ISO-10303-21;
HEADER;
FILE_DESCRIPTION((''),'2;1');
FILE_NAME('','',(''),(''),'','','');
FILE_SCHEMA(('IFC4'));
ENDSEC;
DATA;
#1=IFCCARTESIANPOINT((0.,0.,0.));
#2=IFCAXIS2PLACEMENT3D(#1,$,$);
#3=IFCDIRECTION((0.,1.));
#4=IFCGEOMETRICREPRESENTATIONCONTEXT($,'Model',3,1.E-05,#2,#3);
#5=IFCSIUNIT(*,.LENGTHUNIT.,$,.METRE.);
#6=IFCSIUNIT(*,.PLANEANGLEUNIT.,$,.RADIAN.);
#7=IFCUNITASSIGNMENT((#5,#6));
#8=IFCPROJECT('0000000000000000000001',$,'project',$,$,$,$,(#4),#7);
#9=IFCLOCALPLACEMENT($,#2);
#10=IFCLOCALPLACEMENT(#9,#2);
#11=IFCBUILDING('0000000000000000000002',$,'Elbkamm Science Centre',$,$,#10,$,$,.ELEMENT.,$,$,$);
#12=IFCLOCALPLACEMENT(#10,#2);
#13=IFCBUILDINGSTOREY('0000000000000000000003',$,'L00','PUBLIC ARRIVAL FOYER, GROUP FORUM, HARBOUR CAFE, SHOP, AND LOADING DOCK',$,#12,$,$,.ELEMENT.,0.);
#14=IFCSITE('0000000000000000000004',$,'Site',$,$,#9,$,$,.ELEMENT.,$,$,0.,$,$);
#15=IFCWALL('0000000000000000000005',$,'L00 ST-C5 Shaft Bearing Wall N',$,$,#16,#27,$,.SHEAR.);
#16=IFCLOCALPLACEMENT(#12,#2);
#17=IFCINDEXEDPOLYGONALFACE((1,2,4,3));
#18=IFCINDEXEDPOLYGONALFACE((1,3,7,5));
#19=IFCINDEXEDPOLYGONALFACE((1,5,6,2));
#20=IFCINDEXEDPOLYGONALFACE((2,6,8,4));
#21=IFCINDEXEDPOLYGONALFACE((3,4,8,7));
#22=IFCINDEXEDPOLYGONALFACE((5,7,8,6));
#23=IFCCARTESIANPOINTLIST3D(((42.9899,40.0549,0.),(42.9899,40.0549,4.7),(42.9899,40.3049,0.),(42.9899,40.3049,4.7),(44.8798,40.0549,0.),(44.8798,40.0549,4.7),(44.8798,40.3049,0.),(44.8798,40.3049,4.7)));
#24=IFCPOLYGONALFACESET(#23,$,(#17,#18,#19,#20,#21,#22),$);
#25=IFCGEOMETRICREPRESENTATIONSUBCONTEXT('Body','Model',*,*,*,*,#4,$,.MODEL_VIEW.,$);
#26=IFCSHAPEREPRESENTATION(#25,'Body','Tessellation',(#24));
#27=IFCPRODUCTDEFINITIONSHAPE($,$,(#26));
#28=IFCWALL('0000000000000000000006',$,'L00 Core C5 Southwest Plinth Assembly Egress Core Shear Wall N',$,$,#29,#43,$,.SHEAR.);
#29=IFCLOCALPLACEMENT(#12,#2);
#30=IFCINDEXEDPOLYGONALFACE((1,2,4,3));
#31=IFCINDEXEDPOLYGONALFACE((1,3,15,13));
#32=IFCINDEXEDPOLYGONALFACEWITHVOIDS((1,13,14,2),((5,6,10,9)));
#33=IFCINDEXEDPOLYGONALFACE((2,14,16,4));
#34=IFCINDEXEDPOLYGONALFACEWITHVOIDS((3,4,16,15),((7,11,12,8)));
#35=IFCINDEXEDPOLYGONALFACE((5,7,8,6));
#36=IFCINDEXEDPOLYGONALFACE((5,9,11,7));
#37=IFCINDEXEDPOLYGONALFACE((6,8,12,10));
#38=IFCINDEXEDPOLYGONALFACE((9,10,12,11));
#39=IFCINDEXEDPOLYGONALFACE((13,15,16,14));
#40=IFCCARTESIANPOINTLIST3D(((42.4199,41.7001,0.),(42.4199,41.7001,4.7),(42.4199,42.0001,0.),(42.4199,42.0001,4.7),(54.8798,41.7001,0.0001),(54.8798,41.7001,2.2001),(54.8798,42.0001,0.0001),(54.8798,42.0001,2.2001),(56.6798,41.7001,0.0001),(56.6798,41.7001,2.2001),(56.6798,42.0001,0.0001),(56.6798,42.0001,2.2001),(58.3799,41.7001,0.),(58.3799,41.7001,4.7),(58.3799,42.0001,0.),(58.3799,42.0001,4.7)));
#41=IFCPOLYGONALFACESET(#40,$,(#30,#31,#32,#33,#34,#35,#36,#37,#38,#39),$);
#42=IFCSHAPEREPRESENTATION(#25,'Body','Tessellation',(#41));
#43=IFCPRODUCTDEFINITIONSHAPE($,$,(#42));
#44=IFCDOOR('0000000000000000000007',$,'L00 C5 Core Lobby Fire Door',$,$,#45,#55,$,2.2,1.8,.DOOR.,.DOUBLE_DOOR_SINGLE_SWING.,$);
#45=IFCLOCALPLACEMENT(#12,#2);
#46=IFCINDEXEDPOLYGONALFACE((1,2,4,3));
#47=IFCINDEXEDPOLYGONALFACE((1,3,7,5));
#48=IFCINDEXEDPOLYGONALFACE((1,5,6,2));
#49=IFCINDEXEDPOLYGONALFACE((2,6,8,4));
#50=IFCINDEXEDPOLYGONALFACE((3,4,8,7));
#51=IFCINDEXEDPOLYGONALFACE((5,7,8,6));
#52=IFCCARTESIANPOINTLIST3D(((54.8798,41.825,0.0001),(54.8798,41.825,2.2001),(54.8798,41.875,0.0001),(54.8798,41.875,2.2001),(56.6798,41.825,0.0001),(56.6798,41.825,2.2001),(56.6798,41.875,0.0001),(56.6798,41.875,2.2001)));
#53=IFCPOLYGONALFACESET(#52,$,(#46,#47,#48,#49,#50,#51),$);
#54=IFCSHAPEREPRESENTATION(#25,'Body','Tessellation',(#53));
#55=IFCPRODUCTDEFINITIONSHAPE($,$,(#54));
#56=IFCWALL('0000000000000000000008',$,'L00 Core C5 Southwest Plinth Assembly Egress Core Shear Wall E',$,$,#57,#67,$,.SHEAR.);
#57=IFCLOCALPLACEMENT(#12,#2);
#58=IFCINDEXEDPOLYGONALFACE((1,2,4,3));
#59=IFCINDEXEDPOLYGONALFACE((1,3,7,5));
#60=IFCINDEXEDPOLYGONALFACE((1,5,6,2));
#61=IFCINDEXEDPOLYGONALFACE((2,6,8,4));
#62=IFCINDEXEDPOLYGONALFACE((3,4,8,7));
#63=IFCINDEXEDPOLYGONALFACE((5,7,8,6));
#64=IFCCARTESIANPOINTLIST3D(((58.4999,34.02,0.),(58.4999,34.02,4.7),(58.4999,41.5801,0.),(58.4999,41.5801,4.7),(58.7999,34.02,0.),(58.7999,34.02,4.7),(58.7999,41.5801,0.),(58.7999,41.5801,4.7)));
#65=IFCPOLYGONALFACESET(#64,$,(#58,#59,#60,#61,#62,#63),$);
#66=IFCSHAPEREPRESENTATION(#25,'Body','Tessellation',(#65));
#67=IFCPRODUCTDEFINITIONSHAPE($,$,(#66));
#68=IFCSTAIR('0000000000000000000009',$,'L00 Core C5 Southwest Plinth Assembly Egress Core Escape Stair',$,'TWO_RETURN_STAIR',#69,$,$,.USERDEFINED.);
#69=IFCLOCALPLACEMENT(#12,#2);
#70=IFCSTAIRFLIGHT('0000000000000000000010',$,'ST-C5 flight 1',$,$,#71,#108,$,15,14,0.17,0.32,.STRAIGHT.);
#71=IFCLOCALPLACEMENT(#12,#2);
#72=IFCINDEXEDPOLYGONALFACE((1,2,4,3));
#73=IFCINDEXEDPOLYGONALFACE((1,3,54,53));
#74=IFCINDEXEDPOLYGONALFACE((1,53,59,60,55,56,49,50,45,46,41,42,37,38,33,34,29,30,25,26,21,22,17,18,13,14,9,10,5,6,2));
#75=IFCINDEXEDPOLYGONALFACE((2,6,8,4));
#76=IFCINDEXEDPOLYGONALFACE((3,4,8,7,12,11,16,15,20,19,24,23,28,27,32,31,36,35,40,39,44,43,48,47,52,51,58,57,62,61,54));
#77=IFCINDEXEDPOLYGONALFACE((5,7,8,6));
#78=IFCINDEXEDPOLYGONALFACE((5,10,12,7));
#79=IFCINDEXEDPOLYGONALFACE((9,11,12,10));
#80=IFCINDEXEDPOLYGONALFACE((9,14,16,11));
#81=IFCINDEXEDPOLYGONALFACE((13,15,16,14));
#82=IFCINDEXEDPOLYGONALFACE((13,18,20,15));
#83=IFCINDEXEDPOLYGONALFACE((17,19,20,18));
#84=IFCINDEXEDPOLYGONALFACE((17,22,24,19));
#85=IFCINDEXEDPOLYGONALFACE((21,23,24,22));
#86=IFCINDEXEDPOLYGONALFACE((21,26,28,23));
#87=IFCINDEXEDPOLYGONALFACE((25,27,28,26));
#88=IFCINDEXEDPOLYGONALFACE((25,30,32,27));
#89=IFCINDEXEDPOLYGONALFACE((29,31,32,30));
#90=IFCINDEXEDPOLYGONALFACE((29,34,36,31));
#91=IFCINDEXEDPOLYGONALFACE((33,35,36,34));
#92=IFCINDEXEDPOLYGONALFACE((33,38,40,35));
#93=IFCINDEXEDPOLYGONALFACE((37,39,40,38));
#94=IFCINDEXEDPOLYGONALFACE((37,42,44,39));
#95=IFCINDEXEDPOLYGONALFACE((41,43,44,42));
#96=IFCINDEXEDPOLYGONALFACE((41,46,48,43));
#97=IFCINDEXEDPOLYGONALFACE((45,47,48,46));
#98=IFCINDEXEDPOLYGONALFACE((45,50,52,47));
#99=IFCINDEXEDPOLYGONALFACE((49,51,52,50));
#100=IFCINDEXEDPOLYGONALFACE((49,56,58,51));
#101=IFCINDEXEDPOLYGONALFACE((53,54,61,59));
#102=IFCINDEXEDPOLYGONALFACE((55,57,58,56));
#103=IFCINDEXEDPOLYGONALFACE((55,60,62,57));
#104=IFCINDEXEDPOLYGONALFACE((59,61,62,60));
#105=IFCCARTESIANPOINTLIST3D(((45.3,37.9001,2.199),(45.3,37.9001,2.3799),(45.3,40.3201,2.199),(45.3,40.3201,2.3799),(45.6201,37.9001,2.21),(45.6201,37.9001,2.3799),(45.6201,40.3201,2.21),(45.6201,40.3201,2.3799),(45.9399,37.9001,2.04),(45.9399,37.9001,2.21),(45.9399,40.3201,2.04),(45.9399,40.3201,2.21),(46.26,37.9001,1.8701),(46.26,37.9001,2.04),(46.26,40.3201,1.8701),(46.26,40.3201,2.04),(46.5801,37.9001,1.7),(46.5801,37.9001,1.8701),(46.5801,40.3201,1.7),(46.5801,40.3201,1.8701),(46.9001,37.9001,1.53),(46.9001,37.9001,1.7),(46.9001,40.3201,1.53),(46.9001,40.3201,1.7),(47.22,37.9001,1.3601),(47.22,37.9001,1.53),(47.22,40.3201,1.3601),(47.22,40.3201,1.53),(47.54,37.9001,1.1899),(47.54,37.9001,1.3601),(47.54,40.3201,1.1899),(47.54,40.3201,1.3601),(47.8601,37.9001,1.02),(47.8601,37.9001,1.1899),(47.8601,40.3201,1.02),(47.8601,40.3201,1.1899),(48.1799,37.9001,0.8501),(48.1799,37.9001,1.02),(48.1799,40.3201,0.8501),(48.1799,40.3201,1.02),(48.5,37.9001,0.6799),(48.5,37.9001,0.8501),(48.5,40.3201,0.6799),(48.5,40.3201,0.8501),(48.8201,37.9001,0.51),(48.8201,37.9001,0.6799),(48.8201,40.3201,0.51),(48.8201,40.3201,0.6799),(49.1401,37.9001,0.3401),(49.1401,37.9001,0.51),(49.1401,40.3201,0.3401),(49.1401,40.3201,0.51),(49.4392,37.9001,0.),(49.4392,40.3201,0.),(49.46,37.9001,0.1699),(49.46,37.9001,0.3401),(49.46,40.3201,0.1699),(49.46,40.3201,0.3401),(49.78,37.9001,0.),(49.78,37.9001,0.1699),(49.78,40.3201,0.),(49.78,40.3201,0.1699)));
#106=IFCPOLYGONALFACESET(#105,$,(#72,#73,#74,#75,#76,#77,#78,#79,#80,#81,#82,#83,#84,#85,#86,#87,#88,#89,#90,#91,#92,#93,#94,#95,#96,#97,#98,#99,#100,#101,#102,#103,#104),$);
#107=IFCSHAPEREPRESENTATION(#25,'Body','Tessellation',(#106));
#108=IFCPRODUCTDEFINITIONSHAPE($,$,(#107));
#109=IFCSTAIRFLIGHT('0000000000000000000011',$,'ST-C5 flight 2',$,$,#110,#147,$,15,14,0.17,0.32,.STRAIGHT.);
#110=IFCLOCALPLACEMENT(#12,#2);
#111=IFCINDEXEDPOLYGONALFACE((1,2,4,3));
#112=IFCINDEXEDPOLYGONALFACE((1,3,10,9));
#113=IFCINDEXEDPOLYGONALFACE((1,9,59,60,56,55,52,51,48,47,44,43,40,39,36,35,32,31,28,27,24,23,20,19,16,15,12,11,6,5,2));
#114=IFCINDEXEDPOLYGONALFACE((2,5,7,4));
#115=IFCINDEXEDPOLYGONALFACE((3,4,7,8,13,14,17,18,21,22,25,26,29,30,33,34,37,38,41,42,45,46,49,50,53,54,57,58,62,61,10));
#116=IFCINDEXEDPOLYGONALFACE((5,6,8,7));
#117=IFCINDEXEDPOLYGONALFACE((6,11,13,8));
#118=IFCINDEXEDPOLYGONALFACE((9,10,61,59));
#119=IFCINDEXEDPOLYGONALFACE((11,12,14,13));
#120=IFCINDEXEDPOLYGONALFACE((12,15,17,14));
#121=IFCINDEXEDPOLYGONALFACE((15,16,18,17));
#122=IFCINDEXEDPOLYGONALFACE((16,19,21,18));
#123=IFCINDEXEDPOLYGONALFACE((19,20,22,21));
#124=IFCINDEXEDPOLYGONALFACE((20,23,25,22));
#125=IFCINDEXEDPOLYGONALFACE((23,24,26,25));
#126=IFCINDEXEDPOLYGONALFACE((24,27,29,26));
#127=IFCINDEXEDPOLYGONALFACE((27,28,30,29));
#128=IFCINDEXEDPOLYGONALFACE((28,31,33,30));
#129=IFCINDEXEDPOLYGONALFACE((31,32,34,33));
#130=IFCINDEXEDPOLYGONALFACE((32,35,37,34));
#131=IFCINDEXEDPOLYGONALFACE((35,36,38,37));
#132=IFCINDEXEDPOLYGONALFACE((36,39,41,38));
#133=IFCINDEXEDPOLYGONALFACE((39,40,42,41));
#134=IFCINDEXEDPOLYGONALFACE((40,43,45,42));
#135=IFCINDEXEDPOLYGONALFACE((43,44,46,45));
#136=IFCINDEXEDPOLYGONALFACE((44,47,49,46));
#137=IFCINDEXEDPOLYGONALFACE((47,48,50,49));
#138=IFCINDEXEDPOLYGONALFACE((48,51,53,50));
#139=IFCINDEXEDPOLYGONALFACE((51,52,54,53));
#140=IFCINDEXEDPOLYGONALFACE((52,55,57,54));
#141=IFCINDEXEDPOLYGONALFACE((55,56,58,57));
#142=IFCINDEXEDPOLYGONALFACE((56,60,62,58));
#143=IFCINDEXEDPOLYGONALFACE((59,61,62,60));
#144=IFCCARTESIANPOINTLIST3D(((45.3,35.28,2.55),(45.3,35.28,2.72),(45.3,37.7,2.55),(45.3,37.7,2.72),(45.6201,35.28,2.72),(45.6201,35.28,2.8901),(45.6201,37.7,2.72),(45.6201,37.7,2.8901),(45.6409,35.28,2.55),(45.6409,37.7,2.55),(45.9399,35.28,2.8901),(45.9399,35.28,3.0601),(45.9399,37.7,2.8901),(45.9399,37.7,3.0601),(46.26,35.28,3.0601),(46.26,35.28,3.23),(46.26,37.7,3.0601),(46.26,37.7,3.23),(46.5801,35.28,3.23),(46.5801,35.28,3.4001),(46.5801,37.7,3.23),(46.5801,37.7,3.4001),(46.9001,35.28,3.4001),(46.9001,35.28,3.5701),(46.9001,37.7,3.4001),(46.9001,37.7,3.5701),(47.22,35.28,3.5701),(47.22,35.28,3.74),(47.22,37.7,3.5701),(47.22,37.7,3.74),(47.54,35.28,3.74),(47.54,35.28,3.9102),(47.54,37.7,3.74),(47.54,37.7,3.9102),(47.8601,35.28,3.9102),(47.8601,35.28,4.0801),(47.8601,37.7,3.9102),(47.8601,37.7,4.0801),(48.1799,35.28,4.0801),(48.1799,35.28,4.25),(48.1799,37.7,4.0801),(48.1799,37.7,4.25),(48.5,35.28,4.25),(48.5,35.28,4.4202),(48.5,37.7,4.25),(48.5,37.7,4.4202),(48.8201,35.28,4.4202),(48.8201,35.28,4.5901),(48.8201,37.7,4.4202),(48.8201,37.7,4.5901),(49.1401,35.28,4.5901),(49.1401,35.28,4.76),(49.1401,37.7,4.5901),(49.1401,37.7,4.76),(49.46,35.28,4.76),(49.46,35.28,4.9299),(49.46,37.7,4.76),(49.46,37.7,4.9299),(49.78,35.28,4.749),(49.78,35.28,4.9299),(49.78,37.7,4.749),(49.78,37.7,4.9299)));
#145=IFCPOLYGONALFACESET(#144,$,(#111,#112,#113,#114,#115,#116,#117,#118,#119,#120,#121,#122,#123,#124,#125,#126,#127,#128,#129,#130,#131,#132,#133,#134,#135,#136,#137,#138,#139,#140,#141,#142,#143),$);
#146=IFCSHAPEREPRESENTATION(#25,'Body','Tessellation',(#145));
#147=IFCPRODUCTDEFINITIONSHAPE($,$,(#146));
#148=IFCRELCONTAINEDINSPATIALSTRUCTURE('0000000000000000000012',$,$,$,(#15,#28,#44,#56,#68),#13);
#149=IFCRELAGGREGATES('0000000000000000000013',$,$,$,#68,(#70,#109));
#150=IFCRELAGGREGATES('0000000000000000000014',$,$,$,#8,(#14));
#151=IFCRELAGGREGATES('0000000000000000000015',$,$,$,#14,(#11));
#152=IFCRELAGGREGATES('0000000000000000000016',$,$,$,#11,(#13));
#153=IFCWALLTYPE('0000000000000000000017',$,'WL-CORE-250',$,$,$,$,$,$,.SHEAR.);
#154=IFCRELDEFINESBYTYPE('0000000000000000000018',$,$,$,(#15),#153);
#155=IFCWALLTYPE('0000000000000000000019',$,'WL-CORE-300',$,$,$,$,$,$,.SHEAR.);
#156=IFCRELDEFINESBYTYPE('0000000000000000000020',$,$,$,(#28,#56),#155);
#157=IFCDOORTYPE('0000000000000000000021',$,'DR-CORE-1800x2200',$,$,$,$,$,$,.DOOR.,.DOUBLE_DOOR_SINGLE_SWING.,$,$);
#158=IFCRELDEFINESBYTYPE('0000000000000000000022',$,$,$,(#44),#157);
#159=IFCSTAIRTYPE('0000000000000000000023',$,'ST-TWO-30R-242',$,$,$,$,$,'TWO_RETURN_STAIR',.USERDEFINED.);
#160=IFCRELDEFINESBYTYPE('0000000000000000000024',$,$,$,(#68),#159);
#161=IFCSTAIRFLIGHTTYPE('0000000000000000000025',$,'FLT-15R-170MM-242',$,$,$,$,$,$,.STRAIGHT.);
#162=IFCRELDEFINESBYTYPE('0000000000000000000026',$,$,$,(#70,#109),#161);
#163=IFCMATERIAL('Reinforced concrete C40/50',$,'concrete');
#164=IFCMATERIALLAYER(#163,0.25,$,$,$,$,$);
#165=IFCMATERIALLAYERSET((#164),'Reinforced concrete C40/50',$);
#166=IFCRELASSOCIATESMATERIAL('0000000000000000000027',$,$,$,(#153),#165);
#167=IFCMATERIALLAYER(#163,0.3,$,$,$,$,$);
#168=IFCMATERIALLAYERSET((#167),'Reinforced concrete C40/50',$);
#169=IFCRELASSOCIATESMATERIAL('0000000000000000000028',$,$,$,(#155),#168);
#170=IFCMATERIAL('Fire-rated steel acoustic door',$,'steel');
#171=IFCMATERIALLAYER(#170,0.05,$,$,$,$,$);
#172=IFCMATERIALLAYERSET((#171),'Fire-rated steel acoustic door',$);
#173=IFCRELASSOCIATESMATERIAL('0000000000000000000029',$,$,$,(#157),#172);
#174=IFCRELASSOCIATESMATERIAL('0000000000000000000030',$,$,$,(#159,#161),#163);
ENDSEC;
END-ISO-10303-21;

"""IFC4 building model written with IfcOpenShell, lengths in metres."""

from ifc_helpers import new_model, si_unit, direction, frame, frame_2d, origin, place, context, subcontext, project, spatial, polyline, rectangle, outline, extrude, material, layer, layer_set, type_object, element, fill, aggregate, save


model = new_model("IFC4")

# Units and contexts
model_context = context("Model", 3, precision=1e-05, world=origin(), true_north=direction((0.0, 1.0)))
body_context = subcontext(model_context, "Body", "Model", "MODEL_VIEW")
ifc_project = project(units=[si_unit("LENGTHUNIT", "METRE"), si_unit("PLANEANGLEUNIT", "RADIAN")], contexts=[model_context])

# Site, building, storey
site_placement = place(None, origin())
site = spatial("IfcSite", under=ifc_project, at=site_placement, Name="Site", CompositionType="ELEMENT", RefElevation=0.0)
building_placement = place(site_placement, origin())
building = spatial("IfcBuilding", under=site, at=building_placement, Name="Elbkamm Science Centre", CompositionType="ELEMENT")
storey_placement = place(building_placement, origin())
storey = spatial("IfcBuildingStorey", under=building, at=storey_placement, Name="L00", Description="PUBLIC ARRIVAL FOYER, GROUP FORUM, HARBOUR CAFE, SHOP, AND LOADING DOCK", CompositionType="ELEMENT", Elevation=0.0)

# Wall
ifc_material_1 = material(Name="Reinforced concrete C40/50", Category="concrete")
ifc_layer_1 = layer(ifc_material_1, 0.25)
ifc_layer_set_1 = layer_set([ifc_layer_1], Name="Reinforced concrete C40/50")
wall_type_1 = type_object("IfcWallType", Name="WL-CORE-250", PredefinedType="SHEAR", material=ifc_layer_set_1)
for number, where, z_axis, x_axis, name in (
    (1, (42.99, 40.1799, 0.0), (0.0, 0.0, 1.0), (1.0, 0.0, 0.0), "L00 ST-C5 Shaft Bearing Wall N"),
):
    element("IfcWall", number, at=place(storey_placement, frame(where, z_axis=z_axis, x_axis=x_axis)), inside=storey, type_object=wall_type_1, Name=name, PredefinedType="SHEAR", context=body_context, shape_type="SweptSolid", body=[
        extrude(rectangle(XDim=1.8899, YDim=0.25, at=frame_2d((0.9448, 0.0))), origin(), (0.0, 0.0, 1.0), 4.7),
    ])

# Wall, opening, door
ifc_layer_2 = layer(ifc_material_1, 0.3)
ifc_layer_set_2 = layer_set([ifc_layer_2], Name="Reinforced concrete C40/50")
wall_type_2 = type_object("IfcWallType", Name="WL-CORE-300", PredefinedType="SHEAR", material=ifc_layer_set_2)
wall_1_placement = place(storey_placement, frame((42.4199, 41.8501, 0.0), z_axis=(0.0, 0.0, 1.0), x_axis=(1.0, 0.0, 0.0)))
wall_1 = element("IfcWall", 2, at=wall_1_placement, inside=storey, type_object=wall_type_2, Name="L00 Core C5 Southwest Plinth Assembly Egress Core Shear Wall N", PredefinedType="SHEAR", context=body_context, shape_type="SweptSolid", body=[
    extrude(rectangle(XDim=15.96, YDim=0.3, at=frame_2d((7.98, 0.0))), origin(), (0.0, 0.0, 1.0), 4.7),
])
opening_placement = place(wall_1_placement, frame((12.46, 0.0, 0.0)))
opening = element("IfcOpeningElement", 3, at=opening_placement, cuts=wall_1, PredefinedType="OPENING", context=body_context, shape_type="SweptSolid", body=[
    extrude(rectangle(XDim=1.8, YDim=2.2, at=frame_2d((0.8999, 1.1001))), frame((0.0, 0.1621, 0.0), z_axis=(0.0, -1.0, 0.0), x_axis=(1.0, 0.0, 0.0)), (0.0, 0.0, 1.0), 0.324),
])
ifc_material_2 = material(Name="Fire-rated steel acoustic door", Category="steel")
ifc_layer_3 = layer(ifc_material_2, 0.05)
ifc_layer_set_3 = layer_set([ifc_layer_3], Name="Fire-rated steel acoustic door")
door_type = type_object("IfcDoorType", Name="DR-CORE-1800x2200", OperationType="DOUBLE_DOOR_SINGLE_SWING", PredefinedType="DOOR", material=ifc_layer_set_3)
door_placement = place(opening_placement, origin())
door = element("IfcDoor", 4, at=door_placement, inside=storey, type_object=door_type, Name="L00 C5 Core Lobby Fire Door", OperationType="DOUBLE_DOOR_SINGLE_SWING", OverallHeight=2.2, OverallWidth=1.8, PredefinedType="DOOR", context=body_context, shape_type="SweptSolid", body=[
    extrude(rectangle(XDim=1.8, YDim=2.2, at=frame_2d((0.8999, 1.1001))), frame((0.0, 0.0249, 0.0), z_axis=(0.0, -1.0, 0.0), x_axis=(1.0, 0.0, 0.0)), (0.0, 0.0, 1.0), 0.05),
])
fill(opening, door)

# Wall
wall_2_placement = place(storey_placement, frame((58.6499, 34.02, 0.0), z_axis=(0.0, 0.0, 1.0), x_axis=(0.0, 1.0, 0.0)))
element("IfcWall", 5, at=wall_2_placement, inside=storey, type_object=wall_type_2, Name="L00 Core C5 Southwest Plinth Assembly Egress Core Shear Wall E", PredefinedType="SHEAR", context=body_context, shape_type="SweptSolid", body=[
    extrude(rectangle(XDim=7.5601, YDim=0.3, at=frame_2d((3.78, 0.0))), origin(), (0.0, 0.0, 1.0), 4.7),
])

# Stair, stair flights
stair_type = type_object("IfcStairType", Name="ST-TWO-30R-242", ElementType="TWO_RETURN_STAIR", PredefinedType="USERDEFINED", material=ifc_material_1)
stair_placement = place(storey_placement, origin())
stair = element("IfcStair", 6, at=stair_placement, inside=storey, type_object=stair_type, Name="L00 Core C5 Southwest Plinth Assembly Egress Core Escape Stair", ObjectType="TWO_RETURN_STAIR", PredefinedType="USERDEFINED")
stair_flight_type = type_object("IfcStairFlightType", Name="FLT-15R-170MM-242", PredefinedType="STRAIGHT", material=ifc_material_1)
stair_flight_1_placement = place(storey_placement, frame((49.78, 39.1101, 0.0), z_axis=(0.0, 0.0, 1.0), x_axis=(-1.0, 0.0, 0.0)))
stair_flight_1 = element("IfcStairFlight", 7, at=stair_flight_1_placement, type_object=stair_flight_type, Name="ST-C5 flight 1", NumberOfRisers=15, NumberOfTreads=14, PredefinedType="STRAIGHT", RiserHeight=0.17, TreadLength=0.32, context=body_context, shape_type="SweptSolid", body=[
    extrude(outline(polyline([(0.0, 0.0), (0.0, 0.1699), (0.3201, 0.1699), (0.3201, 0.3401), (0.6399, 0.3401), (0.6399, 0.51), (0.96, 0.51), (0.96, 0.6799), (1.28, 0.6799), (1.28, 0.8501), (1.6001, 0.8501), (1.6001, 1.02), (1.9199, 1.02), (1.9199, 1.1899), (2.24, 1.1899), (2.24, 1.3601), (2.5601, 1.3601), (2.5601, 1.53), (2.8799, 1.53), (2.8799, 1.7), (3.2, 1.7), (3.2, 1.8701), (3.52, 1.8701), (3.52, 2.04), (3.8401, 2.04), (3.8401, 2.21), (4.1599, 2.21), (4.1599, 2.3799), (4.48, 2.3799), (4.48, 2.55), (4.48, 2.199), (0.3408, 0.0), (0.0, 0.0)])), frame((0.0, 1.21, 0.0), z_axis=(0.0, -1.0, 0.0), x_axis=(1.0, 0.0, 0.0)), (0.0, 0.0, 1.0), 2.4199),
])
stair_flight_2_placement = place(storey_placement, frame((45.3, 36.49, 2.55), z_axis=(0.0, 0.0, 1.0), x_axis=(1.0, 0.0, 0.0)))
stair_flight_2 = element("IfcStairFlight", 8, at=stair_flight_2_placement, type_object=stair_flight_type, Name="ST-C5 flight 2", NumberOfRisers=15, NumberOfTreads=14, PredefinedType="STRAIGHT", RiserHeight=0.17, TreadLength=0.32, context=body_context, shape_type="SweptSolid", body=[
    extrude(outline(polyline([(0.0, 0.0), (0.0, 0.1699), (0.3201, 0.1699), (0.3201, 0.3401), (0.6399, 0.3401), (0.6399, 0.51), (0.96, 0.51), (0.96, 0.6799), (1.28, 0.6799), (1.28, 0.8501), (1.6001, 0.8501), (1.6001, 1.02), (1.9199, 1.02), (1.9199, 1.1899), (2.24, 1.1899), (2.24, 1.3601), (2.5601, 1.3601), (2.5601, 1.53), (2.8799, 1.53), (2.8799, 1.7), (3.2, 1.7), (3.2, 1.8701), (3.52, 1.8701), (3.52, 2.04), (3.8401, 2.04), (3.8401, 2.21), (4.1599, 2.21), (4.1599, 2.3799), (4.48, 2.3799), (4.48, 2.55), (4.48, 2.199), (0.3408, 0.0), (0.0, 0.0)])), frame((0.0, 1.21, 0.0), z_axis=(0.0, -1.0, 0.0), x_axis=(1.0, 0.0, 0.0)), (0.0, 0.0, 1.0), 2.4199),
])
aggregate(stair, [stair_flight_1, stair_flight_2])

save(model, "model.ifc")
